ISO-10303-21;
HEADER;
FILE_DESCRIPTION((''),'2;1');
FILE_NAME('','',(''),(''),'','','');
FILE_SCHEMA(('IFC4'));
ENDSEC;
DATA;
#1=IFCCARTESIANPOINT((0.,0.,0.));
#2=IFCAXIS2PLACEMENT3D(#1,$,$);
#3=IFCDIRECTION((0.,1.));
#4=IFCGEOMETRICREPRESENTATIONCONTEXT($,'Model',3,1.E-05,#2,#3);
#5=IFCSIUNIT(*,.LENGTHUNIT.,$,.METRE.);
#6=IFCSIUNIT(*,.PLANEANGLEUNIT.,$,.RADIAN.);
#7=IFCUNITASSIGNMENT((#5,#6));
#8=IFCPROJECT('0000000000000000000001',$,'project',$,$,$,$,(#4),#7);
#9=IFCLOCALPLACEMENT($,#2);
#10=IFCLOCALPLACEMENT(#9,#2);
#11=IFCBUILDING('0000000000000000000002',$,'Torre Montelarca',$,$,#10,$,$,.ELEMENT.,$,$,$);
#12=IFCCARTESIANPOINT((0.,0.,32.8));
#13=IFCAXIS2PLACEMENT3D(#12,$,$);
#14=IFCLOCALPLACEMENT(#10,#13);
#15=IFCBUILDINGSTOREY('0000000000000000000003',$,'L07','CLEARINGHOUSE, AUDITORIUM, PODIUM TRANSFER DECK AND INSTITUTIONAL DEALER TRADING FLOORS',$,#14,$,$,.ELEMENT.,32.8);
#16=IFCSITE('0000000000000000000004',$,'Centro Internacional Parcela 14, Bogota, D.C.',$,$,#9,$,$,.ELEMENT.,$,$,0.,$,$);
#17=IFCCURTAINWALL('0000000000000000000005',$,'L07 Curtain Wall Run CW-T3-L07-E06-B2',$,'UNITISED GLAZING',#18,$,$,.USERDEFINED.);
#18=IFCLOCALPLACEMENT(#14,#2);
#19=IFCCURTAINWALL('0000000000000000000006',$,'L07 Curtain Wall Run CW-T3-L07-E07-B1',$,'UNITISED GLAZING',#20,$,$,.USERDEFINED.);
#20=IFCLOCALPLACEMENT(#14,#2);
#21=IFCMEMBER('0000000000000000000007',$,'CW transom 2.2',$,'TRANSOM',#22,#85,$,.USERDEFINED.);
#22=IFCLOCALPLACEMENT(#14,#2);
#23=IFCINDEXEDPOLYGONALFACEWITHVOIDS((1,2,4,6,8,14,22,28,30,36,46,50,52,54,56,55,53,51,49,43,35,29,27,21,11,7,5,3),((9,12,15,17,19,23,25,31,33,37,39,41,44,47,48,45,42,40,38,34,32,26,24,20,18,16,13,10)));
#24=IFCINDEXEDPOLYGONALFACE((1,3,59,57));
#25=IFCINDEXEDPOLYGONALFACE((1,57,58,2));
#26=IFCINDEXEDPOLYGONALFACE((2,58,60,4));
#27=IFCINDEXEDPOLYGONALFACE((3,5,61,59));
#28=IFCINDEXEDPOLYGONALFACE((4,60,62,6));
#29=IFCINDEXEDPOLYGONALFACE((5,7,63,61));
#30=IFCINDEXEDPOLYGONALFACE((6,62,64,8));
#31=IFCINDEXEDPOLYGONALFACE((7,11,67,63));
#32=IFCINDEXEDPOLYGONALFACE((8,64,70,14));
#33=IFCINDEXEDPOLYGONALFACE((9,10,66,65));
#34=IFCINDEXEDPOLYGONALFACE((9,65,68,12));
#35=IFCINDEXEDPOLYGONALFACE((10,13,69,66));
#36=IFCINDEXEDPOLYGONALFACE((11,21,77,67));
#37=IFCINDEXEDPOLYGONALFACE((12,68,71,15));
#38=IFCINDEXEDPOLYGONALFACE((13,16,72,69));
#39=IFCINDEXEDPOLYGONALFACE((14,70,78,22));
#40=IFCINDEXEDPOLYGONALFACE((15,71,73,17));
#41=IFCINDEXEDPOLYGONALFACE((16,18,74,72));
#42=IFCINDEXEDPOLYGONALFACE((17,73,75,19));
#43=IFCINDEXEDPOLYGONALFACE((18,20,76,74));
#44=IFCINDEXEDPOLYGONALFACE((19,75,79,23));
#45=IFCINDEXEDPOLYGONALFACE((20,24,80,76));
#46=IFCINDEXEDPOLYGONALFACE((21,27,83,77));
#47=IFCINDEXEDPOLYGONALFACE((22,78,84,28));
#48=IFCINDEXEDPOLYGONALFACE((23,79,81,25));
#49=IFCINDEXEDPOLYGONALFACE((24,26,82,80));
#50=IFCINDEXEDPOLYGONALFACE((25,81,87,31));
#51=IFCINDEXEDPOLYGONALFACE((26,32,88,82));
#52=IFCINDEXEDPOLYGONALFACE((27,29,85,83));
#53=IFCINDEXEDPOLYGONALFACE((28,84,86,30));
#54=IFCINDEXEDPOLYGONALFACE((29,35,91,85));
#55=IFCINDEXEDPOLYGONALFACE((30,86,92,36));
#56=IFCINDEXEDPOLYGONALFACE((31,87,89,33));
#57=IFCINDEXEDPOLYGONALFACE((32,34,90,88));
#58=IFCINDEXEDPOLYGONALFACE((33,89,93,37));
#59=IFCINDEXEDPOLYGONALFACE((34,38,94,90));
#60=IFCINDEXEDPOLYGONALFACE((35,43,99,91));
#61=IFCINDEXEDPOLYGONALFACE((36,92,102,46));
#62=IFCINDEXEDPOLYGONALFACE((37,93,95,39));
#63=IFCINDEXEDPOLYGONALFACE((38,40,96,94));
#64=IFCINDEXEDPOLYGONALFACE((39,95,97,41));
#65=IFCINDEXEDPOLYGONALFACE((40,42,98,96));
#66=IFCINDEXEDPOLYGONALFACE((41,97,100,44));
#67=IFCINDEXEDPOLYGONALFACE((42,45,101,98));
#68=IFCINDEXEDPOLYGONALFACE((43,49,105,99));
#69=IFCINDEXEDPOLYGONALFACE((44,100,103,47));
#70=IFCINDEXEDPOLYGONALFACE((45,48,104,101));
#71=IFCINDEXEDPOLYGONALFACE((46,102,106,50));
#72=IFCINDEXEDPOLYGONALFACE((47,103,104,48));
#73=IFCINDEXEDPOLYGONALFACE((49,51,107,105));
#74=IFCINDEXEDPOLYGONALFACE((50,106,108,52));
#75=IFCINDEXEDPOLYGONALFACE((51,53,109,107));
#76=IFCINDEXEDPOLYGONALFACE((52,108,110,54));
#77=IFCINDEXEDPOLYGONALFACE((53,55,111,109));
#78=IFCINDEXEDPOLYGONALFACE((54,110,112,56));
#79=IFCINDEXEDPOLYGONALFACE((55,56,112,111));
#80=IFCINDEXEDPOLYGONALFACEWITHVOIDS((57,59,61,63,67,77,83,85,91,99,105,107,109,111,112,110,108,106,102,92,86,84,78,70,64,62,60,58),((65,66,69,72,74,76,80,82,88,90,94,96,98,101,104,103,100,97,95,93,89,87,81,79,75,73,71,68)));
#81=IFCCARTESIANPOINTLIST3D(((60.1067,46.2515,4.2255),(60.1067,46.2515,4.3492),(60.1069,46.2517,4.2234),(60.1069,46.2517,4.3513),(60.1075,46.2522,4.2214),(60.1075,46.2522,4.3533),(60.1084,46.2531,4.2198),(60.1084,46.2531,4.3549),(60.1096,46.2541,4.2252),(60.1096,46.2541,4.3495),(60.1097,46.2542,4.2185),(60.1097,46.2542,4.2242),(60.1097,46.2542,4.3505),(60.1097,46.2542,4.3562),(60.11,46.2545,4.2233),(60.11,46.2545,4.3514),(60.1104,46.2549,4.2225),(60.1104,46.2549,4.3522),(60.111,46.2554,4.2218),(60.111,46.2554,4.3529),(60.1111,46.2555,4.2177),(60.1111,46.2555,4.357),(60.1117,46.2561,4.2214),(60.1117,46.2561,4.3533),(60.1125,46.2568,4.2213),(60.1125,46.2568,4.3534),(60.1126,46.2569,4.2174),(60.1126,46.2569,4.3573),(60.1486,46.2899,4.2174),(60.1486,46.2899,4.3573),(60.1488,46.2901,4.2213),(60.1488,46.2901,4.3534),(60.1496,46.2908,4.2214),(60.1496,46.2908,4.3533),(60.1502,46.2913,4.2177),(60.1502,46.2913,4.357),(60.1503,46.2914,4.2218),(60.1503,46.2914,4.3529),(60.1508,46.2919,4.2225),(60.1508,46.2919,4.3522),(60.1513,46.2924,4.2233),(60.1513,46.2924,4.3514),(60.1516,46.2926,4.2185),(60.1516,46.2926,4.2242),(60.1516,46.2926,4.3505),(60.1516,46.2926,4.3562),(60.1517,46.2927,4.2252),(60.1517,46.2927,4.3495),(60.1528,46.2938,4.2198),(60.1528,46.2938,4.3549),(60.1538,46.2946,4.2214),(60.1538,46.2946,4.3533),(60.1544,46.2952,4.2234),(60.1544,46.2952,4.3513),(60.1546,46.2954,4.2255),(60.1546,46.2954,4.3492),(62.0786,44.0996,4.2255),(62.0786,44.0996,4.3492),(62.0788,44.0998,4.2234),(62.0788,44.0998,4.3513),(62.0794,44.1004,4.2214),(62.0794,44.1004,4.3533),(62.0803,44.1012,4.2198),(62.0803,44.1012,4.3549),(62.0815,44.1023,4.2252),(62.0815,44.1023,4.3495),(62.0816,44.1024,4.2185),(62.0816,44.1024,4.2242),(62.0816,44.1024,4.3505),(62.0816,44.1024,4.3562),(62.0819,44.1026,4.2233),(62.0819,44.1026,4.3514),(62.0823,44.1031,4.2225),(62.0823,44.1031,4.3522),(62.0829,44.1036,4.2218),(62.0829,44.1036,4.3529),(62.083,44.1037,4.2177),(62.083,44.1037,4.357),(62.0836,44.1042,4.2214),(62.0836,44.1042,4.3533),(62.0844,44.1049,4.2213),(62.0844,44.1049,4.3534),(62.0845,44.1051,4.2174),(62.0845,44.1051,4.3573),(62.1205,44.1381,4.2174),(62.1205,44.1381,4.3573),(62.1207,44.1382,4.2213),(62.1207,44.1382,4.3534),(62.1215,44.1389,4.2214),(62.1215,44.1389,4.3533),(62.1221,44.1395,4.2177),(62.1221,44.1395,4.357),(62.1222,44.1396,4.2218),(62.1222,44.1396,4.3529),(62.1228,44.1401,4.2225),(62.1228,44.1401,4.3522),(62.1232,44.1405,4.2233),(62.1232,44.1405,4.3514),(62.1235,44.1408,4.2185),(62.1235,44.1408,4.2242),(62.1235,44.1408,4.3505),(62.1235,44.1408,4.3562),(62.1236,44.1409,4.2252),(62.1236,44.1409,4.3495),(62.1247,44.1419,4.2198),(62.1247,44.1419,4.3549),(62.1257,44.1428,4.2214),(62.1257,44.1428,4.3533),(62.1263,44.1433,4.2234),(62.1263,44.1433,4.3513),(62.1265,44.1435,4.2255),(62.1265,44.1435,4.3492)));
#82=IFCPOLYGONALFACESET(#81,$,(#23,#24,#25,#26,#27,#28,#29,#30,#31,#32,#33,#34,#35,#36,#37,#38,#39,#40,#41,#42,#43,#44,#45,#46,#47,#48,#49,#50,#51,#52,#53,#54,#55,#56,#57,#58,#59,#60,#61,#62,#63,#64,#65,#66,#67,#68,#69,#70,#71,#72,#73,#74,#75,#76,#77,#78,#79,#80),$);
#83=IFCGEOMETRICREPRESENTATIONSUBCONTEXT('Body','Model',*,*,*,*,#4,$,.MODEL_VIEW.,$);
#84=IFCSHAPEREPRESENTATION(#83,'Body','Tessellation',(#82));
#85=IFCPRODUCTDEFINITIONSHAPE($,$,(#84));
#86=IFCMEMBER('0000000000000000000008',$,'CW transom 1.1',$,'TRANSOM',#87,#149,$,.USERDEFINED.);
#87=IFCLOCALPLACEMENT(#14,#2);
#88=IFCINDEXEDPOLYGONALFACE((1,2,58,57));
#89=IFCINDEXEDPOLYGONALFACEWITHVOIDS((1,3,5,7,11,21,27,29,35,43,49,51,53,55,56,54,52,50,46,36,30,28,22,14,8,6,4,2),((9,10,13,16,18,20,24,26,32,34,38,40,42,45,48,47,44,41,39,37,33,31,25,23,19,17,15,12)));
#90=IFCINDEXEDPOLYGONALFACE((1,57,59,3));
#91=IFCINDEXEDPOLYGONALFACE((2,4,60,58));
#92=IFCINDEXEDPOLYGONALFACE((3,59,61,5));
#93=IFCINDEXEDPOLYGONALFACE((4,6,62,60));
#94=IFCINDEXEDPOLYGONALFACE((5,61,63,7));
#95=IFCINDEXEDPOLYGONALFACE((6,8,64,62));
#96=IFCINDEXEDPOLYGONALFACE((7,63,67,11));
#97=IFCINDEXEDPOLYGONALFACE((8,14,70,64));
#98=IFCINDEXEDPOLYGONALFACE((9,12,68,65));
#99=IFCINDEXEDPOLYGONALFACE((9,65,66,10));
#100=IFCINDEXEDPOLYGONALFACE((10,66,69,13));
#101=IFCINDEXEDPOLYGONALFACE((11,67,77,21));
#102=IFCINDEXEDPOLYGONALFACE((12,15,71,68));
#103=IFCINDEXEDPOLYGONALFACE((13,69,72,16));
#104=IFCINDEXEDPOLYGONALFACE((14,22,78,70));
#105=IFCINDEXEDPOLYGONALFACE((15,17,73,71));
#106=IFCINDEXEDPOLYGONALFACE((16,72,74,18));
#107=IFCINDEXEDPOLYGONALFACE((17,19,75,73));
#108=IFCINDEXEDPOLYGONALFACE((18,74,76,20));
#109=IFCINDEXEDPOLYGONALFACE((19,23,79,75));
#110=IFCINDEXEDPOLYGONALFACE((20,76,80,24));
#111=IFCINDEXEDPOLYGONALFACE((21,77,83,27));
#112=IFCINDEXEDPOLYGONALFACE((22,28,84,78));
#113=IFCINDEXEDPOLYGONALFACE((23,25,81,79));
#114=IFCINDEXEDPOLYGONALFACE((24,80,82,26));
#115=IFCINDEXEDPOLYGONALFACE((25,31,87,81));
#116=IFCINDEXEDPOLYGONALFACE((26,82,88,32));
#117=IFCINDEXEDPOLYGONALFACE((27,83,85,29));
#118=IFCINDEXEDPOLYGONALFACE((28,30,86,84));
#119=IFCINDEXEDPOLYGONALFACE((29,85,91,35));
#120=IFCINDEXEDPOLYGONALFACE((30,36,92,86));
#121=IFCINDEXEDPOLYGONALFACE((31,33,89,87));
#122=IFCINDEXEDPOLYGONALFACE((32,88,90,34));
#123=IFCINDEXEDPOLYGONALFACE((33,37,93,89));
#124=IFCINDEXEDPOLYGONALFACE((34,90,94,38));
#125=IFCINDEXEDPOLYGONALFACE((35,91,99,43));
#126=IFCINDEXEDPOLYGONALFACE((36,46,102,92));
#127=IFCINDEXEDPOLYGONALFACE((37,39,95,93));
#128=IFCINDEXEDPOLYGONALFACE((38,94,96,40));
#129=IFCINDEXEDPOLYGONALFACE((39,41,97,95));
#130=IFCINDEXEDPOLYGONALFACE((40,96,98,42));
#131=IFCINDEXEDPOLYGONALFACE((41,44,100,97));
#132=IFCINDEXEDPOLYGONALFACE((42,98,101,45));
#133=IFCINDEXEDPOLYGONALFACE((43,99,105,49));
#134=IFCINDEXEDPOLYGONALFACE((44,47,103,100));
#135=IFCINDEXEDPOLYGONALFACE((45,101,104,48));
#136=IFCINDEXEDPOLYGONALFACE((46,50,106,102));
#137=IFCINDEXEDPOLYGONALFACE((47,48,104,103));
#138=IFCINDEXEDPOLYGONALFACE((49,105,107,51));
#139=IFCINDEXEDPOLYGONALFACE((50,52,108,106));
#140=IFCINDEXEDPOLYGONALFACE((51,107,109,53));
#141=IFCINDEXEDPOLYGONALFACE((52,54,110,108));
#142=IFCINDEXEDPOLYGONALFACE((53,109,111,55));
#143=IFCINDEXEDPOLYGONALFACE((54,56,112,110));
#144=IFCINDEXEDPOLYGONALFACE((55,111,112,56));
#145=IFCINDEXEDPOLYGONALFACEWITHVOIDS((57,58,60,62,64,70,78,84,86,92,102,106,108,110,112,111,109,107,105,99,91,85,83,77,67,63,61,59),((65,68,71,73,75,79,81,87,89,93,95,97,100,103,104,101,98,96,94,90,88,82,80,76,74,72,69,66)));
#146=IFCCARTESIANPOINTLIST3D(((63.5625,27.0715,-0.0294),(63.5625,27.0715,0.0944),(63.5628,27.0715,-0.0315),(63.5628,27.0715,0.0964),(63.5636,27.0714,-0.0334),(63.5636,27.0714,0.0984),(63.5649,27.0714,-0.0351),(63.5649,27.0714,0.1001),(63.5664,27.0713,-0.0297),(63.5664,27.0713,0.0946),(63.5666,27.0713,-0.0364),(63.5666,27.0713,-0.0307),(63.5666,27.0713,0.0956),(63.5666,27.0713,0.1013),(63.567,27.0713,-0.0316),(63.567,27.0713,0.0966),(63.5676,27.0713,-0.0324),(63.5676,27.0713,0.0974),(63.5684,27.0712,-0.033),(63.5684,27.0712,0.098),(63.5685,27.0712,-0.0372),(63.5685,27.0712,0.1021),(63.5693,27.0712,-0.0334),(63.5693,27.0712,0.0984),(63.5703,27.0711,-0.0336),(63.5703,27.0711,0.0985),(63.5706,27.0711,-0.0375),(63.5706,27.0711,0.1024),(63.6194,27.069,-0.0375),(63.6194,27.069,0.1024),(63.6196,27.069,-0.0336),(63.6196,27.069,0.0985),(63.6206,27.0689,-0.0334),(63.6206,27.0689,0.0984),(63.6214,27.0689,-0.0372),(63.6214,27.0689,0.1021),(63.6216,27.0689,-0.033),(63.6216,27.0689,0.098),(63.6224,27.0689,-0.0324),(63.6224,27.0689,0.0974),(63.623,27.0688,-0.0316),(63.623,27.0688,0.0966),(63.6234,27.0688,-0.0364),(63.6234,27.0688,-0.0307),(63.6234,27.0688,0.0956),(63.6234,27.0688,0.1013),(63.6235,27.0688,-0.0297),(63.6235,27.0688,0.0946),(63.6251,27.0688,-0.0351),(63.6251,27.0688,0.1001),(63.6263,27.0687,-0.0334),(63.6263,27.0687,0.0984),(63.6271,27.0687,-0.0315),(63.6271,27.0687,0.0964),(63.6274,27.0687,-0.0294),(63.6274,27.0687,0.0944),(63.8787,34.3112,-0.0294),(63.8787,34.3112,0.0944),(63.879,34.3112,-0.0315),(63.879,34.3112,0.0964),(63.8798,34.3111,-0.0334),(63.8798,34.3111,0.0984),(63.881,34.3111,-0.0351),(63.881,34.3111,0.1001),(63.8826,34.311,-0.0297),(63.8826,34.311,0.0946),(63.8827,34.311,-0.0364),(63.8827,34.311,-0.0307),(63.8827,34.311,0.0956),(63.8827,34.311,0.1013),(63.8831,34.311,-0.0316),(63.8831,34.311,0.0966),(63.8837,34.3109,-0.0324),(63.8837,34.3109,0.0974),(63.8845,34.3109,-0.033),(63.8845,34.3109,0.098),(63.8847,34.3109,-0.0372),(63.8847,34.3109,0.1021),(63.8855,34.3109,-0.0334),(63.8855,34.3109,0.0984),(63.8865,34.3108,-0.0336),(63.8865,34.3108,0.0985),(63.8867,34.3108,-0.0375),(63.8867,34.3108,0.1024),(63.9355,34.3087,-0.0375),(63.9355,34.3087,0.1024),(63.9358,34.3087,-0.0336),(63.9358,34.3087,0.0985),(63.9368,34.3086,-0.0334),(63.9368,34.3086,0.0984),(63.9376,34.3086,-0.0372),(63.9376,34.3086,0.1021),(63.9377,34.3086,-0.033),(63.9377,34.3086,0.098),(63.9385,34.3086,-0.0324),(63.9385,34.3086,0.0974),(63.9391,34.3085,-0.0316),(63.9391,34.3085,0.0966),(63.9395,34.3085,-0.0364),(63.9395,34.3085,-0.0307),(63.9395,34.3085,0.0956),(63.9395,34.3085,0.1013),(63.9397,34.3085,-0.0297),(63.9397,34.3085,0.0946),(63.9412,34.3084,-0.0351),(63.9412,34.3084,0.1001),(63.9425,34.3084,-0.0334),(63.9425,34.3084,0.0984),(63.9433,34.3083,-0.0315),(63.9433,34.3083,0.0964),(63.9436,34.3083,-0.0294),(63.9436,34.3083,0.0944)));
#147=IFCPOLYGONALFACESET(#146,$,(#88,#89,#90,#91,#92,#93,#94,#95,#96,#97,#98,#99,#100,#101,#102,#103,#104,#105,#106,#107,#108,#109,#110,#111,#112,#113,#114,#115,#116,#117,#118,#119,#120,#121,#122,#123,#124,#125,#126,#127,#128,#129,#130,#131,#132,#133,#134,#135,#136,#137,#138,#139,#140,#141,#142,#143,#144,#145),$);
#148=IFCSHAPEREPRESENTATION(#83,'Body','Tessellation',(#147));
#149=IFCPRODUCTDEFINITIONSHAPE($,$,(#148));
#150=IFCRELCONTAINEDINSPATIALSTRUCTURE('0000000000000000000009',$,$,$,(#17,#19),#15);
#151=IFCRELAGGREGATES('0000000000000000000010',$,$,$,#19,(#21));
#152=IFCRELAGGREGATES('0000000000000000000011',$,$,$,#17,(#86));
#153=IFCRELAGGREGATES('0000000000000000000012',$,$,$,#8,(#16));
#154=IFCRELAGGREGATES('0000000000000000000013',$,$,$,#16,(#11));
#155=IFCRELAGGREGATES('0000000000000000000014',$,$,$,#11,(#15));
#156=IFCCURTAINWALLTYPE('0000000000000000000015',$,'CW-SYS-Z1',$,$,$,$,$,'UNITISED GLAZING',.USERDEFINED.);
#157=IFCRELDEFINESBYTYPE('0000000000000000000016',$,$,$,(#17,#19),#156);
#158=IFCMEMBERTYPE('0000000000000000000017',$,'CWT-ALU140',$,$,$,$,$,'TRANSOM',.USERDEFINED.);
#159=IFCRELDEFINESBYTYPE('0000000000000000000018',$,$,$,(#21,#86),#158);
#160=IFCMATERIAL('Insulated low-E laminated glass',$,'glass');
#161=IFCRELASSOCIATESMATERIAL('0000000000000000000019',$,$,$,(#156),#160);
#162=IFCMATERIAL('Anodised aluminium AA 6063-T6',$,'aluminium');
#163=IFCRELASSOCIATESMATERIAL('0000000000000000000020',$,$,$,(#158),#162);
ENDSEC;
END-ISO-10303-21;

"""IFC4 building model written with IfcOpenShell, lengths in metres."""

from ifc_helpers import new_model, si_unit, direction, frame, origin, origin_2d, place, context, subcontext, project, spatial, hollow_rectangle, extrude, source, transform, mapped, material, material_profile, profile_set, type_object, element, aggregate, save


model = new_model("IFC4")

# Units and contexts
model_context = context("Model", 3, precision=1e-05, world=origin(), true_north=direction((0.0, 1.0)))
body_context = subcontext(model_context, "Body", "Model", "MODEL_VIEW")
ifc_project = project(units=[si_unit("LENGTHUNIT", "METRE"), si_unit("PLANEANGLEUNIT", "RADIAN")], contexts=[model_context])

# Site, building, storey
site_placement = place(None, origin())
site = spatial("IfcSite", under=ifc_project, at=site_placement, Name="Centro Internacional Parcela 14, Bogota, D.C.", CompositionType="ELEMENT", RefElevation=0.0)
building_placement = place(site_placement, origin())
building = spatial("IfcBuilding", under=site, at=building_placement, Name="Torre Montelarca", CompositionType="ELEMENT")
storey_placement = place(building_placement, frame((0.0, 0.0, 32.8)))
storey = spatial("IfcBuildingStorey", under=building, at=storey_placement, Name="L07", Description="CLEARINGHOUSE, AUDITORIUM, PODIUM TRANSFER DECK AND INSTITUTIONAL DEALER TRADING FLOORS", CompositionType="ELEMENT", Elevation=32.8)

# Curtain walls, member
ifc_material_1 = material(Name="Insulated low-E laminated glass", Category="glass")
curtain_wall_type = type_object("IfcCurtainWallType", Name="CW-SYS-Z1", ElementType="UNITISED GLAZING", PredefinedType="USERDEFINED", material=ifc_material_1)
curtain_wall_1_placement = place(storey_placement, origin())
curtain_wall_1 = element("IfcCurtainWall", 1, at=curtain_wall_1_placement, inside=storey, type_object=curtain_wall_type, Name="L07 Curtain Wall Run CW-T3-L07-E06-B2", ObjectType="UNITISED GLAZING", PredefinedType="USERDEFINED")
ifc_material_2 = material(Name="Anodised aluminium AA 6063-T6", Category="aluminium")
curtain_wall_2_placement = place(storey_placement, origin())
curtain_wall_2 = element("IfcCurtainWall", 2, at=curtain_wall_2_placement, inside=storey, type_object=curtain_wall_type, Name="L07 Curtain Wall Run CW-T3-L07-E07-B1", ObjectType="UNITISED GLAZING", PredefinedType="USERDEFINED")
ifc_material_profile_1 = material_profile(ifc_material_2, hollow_rectangle(XDim=0.0649, YDim=0.1399, WallThickness=0.0039, InnerFilletRadius=0.0039, OuterFilletRadius=0.0081, at=origin_2d()), Name="ALU65X140X4", Category="aluminium")
ifc_profile_set_1 = profile_set([ifc_material_profile_1], Name="Anodised aluminium AA 6063-T6")
member_type_1 = type_object("IfcMemberType", Name="CWT-ALU140", ElementType="TRANSOM", PredefinedType="USERDEFINED", material=ifc_profile_set_1)
shared_shape_1 = source(origin(), body_context, "Body", "SweptSolid", [
    extrude(hollow_rectangle(XDim=0.0649, YDim=0.1399, WallThickness=0.0039, InnerFilletRadius=0.0039, OuterFilletRadius=0.0081, at=origin_2d()), origin(), (0.0, 0.0, 1.0), 2.9187),
])
member_1_placement = place(storey_placement, frame((62.1025, 44.1216, 4.2874), z_axis=(-0.675611, 0.737258, 0.0), x_axis=(-0.737258, -0.675611, 0.0)))
member_1 = element("IfcMember", 3, at=member_1_placement, type_object=member_type_1, Name="CW transom 2.2", ObjectType="TRANSOM", PredefinedType="USERDEFINED", context=body_context, shape_type="MappedRepresentation", body=[
    mapped(shared_shape_1, transform((0.0, 0.0, 0.0), scale=1.0)),
])

# Member
shared_shape_2 = source(origin(), body_context, "Body", "SweptSolid", [
    extrude(hollow_rectangle(XDim=0.0649, YDim=0.1399, WallThickness=0.0039, InnerFilletRadius=0.0039, OuterFilletRadius=0.0081, at=origin_2d()), origin(), (0.0, 0.0, 1.0), 7.2466),
])
member_2_placement = place(storey_placement, frame((63.595, 27.0701, 0.0325), z_axis=(0.043629, 0.999048, 0.0), x_axis=(-0.999048, 0.043629, 0.0)))
member_2 = element("IfcMember", 4, at=member_2_placement, type_object=member_type_1, Name="CW transom 1.1", ObjectType="TRANSOM", PredefinedType="USERDEFINED", context=body_context, shape_type="MappedRepresentation", body=[
    mapped(shared_shape_2, transform((0.0, 0.0, 0.0), scale=1.0)),
])

aggregate(curtain_wall_2, [member_1])
aggregate(curtain_wall_1, [member_2])

save(model, "model.ifc")
